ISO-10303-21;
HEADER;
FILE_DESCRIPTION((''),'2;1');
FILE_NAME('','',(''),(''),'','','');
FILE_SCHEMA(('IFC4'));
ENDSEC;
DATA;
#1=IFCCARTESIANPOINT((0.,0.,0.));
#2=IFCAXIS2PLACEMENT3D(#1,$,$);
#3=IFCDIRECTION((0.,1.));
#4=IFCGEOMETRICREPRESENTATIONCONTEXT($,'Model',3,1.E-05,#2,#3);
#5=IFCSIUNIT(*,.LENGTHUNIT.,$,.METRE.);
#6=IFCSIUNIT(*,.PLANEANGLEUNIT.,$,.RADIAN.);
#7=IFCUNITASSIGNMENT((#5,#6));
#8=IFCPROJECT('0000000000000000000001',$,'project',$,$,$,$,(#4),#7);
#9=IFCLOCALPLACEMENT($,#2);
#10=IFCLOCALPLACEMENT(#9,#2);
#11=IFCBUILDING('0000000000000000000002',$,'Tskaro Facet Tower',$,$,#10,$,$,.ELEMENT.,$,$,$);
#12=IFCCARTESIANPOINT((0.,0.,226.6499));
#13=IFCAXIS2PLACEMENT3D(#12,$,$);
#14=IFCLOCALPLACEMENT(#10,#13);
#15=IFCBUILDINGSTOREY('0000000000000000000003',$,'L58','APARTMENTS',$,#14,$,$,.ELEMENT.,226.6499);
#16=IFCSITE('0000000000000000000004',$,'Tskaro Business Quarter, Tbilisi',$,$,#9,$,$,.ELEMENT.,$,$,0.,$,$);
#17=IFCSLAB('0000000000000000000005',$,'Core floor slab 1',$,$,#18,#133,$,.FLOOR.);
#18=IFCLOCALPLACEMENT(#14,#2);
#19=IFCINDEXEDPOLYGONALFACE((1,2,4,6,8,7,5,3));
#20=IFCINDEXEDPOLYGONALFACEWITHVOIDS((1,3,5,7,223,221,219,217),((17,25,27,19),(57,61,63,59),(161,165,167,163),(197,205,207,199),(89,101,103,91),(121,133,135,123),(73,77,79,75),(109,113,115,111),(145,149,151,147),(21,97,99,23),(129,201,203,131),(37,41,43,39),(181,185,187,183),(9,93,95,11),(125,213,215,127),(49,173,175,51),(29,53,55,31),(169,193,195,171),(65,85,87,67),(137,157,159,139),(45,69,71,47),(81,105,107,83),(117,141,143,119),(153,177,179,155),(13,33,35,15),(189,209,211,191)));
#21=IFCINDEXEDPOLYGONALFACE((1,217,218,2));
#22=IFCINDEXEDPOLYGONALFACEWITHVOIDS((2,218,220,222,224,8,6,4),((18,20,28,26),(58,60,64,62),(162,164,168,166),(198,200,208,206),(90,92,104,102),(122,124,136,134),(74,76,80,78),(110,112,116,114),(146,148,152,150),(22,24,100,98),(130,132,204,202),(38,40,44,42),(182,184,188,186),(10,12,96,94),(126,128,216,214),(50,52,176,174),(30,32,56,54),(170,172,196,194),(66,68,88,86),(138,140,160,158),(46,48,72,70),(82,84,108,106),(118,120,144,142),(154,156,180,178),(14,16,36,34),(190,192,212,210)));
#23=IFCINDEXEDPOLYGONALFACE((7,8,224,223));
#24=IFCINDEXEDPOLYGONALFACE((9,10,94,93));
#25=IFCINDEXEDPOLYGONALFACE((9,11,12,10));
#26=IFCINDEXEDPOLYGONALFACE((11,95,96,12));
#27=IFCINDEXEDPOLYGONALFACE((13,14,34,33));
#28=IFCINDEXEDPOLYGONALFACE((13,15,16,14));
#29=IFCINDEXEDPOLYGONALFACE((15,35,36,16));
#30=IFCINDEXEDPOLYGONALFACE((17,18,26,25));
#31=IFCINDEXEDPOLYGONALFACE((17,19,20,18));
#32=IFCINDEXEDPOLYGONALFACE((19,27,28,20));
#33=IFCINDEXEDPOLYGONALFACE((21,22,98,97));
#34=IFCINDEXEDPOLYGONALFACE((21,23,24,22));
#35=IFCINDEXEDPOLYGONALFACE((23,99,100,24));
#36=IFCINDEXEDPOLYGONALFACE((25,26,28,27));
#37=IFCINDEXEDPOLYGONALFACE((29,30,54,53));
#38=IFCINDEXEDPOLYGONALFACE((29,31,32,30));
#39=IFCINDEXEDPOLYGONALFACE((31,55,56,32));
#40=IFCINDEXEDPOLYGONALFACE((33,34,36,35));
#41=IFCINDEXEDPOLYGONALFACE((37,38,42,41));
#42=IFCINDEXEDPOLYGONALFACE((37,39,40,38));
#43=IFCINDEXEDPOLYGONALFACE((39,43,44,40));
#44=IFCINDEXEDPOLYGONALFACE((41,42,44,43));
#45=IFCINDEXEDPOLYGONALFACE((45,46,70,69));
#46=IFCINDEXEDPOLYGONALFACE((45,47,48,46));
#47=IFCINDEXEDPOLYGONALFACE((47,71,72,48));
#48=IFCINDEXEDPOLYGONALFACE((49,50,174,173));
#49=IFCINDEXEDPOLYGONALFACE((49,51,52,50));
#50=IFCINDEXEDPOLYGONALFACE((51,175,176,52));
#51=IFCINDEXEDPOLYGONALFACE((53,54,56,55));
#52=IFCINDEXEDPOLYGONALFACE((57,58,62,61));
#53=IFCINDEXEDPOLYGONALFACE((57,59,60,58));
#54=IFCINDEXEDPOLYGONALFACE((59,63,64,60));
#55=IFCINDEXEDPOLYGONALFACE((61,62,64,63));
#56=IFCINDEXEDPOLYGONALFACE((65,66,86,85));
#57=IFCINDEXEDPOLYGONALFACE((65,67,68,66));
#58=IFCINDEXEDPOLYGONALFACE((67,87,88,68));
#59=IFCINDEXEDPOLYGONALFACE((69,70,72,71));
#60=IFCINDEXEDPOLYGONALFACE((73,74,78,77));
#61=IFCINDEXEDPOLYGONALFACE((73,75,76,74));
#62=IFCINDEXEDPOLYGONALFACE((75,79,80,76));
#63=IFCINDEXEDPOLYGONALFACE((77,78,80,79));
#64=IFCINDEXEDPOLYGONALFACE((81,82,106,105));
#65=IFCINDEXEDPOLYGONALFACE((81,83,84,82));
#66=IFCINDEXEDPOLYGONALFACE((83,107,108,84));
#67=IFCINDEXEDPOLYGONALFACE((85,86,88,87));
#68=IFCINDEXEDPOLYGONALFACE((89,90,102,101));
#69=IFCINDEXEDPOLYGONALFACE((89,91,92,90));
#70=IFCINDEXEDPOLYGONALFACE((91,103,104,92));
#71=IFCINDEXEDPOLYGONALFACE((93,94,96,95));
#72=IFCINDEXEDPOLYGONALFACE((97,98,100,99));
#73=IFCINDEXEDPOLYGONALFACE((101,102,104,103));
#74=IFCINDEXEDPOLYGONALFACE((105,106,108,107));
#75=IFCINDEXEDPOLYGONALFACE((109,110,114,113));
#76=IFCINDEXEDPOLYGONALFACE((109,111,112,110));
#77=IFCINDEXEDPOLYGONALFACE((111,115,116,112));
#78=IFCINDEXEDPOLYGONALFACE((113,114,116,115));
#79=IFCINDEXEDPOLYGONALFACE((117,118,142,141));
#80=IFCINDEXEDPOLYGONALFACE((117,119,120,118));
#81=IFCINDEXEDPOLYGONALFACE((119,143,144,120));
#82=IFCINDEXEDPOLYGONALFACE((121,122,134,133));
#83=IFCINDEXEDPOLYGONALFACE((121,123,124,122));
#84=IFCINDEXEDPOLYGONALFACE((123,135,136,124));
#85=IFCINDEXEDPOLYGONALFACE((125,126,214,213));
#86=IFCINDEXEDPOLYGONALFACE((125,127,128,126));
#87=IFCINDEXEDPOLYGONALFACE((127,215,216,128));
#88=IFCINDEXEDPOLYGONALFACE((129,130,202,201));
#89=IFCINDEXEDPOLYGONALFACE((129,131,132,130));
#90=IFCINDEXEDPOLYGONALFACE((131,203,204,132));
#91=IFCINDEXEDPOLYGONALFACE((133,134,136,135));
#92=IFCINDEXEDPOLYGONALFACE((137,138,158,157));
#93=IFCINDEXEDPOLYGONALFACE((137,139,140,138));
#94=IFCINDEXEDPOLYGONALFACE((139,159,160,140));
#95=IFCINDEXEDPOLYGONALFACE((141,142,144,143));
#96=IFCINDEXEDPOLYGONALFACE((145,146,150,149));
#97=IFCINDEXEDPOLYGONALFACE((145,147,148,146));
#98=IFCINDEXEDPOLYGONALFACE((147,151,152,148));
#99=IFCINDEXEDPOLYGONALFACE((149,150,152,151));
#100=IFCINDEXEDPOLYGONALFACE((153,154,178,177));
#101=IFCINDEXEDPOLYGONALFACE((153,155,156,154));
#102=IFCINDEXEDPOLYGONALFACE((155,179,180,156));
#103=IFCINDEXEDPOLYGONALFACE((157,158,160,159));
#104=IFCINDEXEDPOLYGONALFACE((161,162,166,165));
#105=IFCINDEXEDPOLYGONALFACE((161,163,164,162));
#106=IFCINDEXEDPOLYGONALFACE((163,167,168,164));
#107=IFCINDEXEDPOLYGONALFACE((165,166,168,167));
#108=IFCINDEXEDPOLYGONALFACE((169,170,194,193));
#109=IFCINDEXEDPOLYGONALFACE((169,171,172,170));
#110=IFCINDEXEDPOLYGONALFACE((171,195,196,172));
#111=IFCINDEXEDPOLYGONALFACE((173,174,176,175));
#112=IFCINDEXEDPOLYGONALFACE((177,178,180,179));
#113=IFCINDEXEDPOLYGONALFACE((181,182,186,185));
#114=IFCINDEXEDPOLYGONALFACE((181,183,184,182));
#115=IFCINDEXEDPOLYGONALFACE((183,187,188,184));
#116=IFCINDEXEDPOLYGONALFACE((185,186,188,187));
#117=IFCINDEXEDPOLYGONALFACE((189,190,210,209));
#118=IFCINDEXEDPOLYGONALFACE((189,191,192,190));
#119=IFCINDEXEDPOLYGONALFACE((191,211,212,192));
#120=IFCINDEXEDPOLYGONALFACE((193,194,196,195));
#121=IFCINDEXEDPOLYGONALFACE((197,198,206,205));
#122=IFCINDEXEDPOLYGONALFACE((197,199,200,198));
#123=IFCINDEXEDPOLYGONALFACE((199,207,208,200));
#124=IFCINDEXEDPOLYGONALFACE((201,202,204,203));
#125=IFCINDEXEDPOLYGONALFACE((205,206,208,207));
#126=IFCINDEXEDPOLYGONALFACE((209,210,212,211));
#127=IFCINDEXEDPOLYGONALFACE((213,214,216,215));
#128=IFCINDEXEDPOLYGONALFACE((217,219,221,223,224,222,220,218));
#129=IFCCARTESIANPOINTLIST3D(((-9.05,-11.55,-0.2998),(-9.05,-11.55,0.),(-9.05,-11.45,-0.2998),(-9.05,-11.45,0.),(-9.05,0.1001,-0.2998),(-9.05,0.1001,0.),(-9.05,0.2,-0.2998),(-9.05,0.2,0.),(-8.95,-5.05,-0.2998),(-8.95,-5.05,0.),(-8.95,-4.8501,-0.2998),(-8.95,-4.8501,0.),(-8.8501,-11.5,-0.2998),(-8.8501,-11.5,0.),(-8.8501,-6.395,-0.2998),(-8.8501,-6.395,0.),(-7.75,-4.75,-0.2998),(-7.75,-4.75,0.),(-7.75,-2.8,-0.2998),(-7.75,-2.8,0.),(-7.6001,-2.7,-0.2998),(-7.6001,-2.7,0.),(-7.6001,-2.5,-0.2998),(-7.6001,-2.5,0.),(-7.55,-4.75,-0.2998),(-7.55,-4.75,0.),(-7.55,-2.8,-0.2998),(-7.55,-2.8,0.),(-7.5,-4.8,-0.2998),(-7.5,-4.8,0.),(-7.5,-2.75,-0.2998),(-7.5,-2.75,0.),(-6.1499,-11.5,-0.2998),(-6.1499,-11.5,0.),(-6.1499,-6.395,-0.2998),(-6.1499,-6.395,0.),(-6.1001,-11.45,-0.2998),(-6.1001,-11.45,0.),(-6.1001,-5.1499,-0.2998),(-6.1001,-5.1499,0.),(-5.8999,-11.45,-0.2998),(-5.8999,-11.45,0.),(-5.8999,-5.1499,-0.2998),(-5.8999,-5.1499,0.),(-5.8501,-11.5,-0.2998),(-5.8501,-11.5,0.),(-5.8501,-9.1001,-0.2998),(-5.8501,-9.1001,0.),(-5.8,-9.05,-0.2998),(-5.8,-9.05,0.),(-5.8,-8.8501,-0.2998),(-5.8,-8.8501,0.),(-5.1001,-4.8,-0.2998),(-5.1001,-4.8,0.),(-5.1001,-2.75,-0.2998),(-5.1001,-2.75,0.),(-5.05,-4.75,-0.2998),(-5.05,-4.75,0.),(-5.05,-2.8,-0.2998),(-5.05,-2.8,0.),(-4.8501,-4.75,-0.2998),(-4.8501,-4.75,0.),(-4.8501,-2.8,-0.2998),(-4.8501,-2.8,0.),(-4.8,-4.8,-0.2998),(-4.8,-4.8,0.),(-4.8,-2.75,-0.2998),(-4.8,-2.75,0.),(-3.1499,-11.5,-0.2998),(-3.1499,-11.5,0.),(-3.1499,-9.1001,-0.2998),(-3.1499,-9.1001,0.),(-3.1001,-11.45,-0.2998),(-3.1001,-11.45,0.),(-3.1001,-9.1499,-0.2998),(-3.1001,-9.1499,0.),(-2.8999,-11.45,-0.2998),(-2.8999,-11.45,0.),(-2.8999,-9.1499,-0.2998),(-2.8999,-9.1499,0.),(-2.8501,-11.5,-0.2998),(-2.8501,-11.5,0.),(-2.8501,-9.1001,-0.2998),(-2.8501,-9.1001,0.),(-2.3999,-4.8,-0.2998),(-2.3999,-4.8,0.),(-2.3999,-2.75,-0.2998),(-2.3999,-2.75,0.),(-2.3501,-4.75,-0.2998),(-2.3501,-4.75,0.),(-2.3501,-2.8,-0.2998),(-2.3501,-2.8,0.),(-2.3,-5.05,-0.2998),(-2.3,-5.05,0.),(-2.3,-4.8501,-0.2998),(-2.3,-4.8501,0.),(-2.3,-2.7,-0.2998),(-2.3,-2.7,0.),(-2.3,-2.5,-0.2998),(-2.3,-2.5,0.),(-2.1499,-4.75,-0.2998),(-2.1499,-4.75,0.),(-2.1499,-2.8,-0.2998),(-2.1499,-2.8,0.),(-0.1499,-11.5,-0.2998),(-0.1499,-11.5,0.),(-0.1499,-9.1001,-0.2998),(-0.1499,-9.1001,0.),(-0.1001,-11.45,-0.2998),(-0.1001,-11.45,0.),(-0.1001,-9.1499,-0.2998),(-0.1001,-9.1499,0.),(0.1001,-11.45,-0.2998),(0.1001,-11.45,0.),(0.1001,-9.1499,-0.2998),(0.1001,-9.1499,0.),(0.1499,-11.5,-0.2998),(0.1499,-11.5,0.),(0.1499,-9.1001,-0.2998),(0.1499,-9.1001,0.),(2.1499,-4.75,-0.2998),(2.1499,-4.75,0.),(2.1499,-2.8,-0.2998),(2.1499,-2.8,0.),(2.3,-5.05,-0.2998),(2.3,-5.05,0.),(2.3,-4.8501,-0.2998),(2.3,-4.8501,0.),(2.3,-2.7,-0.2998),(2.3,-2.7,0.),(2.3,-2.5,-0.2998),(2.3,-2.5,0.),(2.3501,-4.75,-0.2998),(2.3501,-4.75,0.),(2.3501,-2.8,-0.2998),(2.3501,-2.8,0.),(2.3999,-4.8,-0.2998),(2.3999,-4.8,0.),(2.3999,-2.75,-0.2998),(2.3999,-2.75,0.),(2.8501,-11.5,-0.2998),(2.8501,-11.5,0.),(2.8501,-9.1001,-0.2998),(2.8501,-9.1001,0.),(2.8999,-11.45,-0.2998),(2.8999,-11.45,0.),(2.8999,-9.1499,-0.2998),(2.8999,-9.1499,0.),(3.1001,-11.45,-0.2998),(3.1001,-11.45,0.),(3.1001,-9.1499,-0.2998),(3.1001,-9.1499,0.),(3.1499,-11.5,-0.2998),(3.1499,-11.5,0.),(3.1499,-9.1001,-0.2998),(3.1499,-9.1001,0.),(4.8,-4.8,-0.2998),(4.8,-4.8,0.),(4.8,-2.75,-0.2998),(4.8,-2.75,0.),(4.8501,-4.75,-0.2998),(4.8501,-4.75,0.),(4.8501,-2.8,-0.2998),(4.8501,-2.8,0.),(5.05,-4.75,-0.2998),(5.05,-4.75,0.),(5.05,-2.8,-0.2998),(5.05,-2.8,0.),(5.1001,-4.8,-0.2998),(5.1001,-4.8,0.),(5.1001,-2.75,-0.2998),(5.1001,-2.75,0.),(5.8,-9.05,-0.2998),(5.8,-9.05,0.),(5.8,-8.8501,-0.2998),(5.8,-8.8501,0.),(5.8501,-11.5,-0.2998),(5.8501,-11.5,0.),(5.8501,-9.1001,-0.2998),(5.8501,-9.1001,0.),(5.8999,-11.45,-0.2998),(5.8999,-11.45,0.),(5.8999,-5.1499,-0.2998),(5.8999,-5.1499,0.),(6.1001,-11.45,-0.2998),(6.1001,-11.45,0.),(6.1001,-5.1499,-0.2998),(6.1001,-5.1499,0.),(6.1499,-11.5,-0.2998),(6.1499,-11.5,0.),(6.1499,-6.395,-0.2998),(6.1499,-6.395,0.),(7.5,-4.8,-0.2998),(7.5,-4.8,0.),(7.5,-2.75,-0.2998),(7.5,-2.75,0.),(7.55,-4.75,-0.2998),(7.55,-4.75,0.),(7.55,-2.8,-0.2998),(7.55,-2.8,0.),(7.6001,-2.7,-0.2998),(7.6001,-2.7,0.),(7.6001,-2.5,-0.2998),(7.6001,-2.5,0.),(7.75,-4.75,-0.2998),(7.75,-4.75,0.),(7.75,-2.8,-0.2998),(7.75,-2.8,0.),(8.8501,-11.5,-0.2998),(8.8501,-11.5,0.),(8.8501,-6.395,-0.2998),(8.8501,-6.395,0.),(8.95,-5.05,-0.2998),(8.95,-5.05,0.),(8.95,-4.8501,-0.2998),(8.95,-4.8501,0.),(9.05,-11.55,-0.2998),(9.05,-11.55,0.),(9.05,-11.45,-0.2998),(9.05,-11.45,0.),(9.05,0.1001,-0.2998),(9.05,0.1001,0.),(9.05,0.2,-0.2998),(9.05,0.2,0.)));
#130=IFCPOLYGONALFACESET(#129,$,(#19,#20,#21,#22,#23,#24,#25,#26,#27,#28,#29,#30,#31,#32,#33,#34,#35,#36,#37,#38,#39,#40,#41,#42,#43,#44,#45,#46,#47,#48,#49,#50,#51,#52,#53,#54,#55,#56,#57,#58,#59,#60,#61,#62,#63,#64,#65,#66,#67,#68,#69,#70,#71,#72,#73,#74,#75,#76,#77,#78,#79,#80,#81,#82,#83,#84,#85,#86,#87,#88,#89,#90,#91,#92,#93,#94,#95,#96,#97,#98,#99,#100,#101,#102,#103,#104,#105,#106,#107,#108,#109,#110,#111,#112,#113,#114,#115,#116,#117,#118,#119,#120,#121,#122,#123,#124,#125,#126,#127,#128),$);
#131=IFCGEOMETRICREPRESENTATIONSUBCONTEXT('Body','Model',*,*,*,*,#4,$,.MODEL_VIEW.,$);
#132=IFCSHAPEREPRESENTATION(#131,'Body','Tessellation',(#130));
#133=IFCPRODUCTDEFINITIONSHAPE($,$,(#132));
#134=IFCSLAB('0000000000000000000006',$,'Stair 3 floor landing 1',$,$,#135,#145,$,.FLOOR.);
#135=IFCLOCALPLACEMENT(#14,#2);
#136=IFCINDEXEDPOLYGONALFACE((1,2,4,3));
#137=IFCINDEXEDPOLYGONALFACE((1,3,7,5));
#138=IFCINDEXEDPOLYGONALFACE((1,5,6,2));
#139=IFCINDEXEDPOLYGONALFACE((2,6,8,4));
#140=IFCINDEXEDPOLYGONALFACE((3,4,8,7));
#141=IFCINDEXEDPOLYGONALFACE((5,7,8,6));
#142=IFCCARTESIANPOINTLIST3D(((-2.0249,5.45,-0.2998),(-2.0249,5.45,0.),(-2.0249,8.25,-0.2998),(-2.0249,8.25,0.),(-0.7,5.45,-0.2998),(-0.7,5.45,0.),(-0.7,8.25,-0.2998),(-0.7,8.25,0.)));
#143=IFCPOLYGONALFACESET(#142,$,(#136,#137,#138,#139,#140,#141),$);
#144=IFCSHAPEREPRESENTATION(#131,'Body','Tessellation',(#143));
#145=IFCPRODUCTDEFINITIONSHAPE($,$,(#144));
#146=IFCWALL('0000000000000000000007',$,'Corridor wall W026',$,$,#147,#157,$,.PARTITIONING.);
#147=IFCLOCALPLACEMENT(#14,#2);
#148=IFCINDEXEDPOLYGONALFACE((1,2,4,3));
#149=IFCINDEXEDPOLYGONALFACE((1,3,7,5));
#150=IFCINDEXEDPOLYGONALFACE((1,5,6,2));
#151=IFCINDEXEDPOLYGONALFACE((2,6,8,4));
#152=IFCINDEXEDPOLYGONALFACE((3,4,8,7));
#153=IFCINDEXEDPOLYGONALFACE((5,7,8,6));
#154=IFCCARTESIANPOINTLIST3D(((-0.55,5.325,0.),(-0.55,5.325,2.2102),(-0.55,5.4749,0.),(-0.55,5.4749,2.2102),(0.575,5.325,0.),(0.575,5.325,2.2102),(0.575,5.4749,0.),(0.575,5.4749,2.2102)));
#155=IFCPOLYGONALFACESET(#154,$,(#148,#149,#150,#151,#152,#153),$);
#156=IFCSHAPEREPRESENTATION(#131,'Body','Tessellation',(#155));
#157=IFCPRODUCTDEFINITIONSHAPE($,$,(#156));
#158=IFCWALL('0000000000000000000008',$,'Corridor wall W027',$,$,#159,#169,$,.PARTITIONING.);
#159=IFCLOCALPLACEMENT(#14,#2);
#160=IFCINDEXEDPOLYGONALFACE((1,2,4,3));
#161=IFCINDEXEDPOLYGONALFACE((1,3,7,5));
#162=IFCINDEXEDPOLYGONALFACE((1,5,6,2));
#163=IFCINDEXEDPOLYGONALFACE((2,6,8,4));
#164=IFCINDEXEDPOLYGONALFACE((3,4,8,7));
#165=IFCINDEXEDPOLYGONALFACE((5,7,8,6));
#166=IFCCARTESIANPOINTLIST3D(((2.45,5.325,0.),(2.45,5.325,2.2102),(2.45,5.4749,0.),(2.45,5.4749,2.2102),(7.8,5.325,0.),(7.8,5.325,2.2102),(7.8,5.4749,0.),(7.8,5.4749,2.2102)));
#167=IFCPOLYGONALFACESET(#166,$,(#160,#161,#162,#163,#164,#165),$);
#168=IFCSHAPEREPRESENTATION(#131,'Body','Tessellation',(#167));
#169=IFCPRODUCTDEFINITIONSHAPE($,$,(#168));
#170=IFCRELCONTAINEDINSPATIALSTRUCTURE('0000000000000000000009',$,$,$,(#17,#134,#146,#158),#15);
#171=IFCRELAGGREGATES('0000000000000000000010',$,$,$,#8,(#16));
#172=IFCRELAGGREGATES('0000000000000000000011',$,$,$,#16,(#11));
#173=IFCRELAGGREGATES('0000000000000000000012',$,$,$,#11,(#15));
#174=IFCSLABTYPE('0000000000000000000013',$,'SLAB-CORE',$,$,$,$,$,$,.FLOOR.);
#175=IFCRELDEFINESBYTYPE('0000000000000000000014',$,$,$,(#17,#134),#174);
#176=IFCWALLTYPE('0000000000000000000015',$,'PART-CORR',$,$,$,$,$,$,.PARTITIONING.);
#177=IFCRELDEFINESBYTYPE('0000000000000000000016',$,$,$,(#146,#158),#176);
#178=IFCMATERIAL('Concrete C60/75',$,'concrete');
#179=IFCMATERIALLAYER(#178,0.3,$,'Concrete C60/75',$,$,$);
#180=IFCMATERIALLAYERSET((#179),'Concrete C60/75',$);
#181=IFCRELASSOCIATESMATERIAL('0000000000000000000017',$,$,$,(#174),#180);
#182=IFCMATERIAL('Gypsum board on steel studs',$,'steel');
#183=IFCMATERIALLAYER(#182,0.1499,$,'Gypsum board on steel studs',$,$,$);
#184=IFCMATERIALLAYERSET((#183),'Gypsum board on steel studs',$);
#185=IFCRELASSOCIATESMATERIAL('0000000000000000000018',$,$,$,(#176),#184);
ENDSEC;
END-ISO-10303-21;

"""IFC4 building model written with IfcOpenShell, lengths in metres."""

from ifc_helpers import new_model, si_unit, direction, frame, frame_2d, origin, place, context, subcontext, project, spatial, polyline, rectangle, outline, extrude, material, layer, layer_set, type_object, element, save


model = new_model("IFC4")

# Units and contexts
model_context = context("Model", 3, precision=1e-05, world=origin(), true_north=direction((0.0, 1.0)))
body_context = subcontext(model_context, "Body", "Model", "MODEL_VIEW")
ifc_project = project(units=[si_unit("LENGTHUNIT", "METRE"), si_unit("PLANEANGLEUNIT", "RADIAN")], contexts=[model_context])

# Site, building, storey
site_placement = place(None, origin())
site = spatial("IfcSite", under=ifc_project, at=site_placement, Name="Tskaro Business Quarter, Tbilisi", CompositionType="ELEMENT", RefElevation=0.0)
building_placement = place(site_placement, origin())
building = spatial("IfcBuilding", under=site, at=building_placement, Name="Tskaro Facet Tower", CompositionType="ELEMENT")
storey_placement = place(building_placement, frame((0.0, 0.0, 226.6499)))
storey = spatial("IfcBuildingStorey", under=building, at=storey_placement, Name="L58", Description="APARTMENTS", CompositionType="ELEMENT", Elevation=226.6499)

# Slabs
ifc_material_1 = material(Name="Concrete C60/75", Category="concrete")
ifc_layer_1 = layer(ifc_material_1, 0.3, Name="Concrete C60/75")
ifc_layer_set_1 = layer_set([ifc_layer_1], Name="Concrete C60/75")
slab_type_1 = type_object("IfcSlabType", Name="SLAB-CORE", PredefinedType="FLOOR", material=ifc_layer_set_1)
slab_1_placement = place(storey_placement, frame((0.0, 0.0, -0.2998)))
element("IfcSlab", 1, at=slab_1_placement, inside=storey, type_object=slab_type_1, Name="Core floor slab 1", PredefinedType="FLOOR", context=body_context, shape_type="SweptSolid", body=[
    extrude(outline(polyline([(-9.05, 0.2), (9.05, 0.2), (9.05, 0.1001), (9.05, -11.45), (9.05, -11.55), (-9.05, -11.55), (-9.05, -11.45), (-9.05, 0.1001), (-9.05, 0.2)]), holes=[polyline([(-5.8501, -9.1001), (-5.8501, -11.5), (-3.1499, -11.5), (-3.1499, -9.1001), (-5.8501, -9.1001)]), polyline([(-3.1001, -11.45), (-2.8999, -11.45), (-2.8999, -9.1499), (-3.1001, -9.1499), (-3.1001, -11.45)]), polyline([(-2.8501, -9.1001), (-2.8501, -11.5), (-0.1499, -11.5), (-0.1499, -9.1001), (-2.8501, -9.1001)]), polyline([(-6.1001, -11.45), (-5.8999, -11.45), (-5.8999, -5.1499), (-6.1001, -5.1499), (-6.1001, -11.45)]), polyline([(-8.95, -5.05), (-2.3, -5.05), (-2.3, -4.8501), (-8.95, -4.8501), (-8.95, -5.05)]), polyline([(-7.75, -4.75), (-7.55, -4.75), (-7.55, -2.8), (-7.75, -2.8), (-7.75, -4.75)]), polyline([(-7.5, -2.75), (-7.5, -4.8), (-5.1001, -4.8), (-5.1001, -2.75), (-7.5, -2.75)]), polyline([(-5.05, -4.75), (-4.8501, -4.75), (-4.8501, -2.8), (-5.05, -2.8), (-5.05, -4.75)]), polyline([(-2.3999, -2.75), (-4.8, -2.75), (-4.8, -4.8), (-2.3999, -4.8), (-2.3999, -2.75)]), polyline([(-2.3501, -4.75), (-2.1499, -4.75), (-2.1499, -2.8), (-2.3501, -2.8), (-2.3501, -4.75)]), polyline([(-7.6001, -2.7), (-2.3, -2.7), (-2.3, -2.5), (-7.6001, -2.5), (-7.6001, -2.7)]), polyline([(-0.1001, -11.45), (0.1001, -11.45), (0.1001, -9.1499), (-0.1001, -9.1499), (-0.1001, -11.45)]), polyline([(0.1499, -9.1001), (0.1499, -11.5), (2.8501, -11.5), (2.8501, -9.1001), (0.1499, -9.1001)]), polyline([(2.8999, -11.45), (3.1001, -11.45), (3.1001, -9.1499), (2.8999, -9.1499), (2.8999, -11.45)]), polyline([(3.1499, -9.1001), (3.1499, -11.5), (5.8501, -11.5), (5.8501, -9.1001), (3.1499, -9.1001)]), polyline([(-5.8, -9.05), (5.8, -9.05), (5.8, -8.8501), (-5.8, -8.8501), (-5.8, -9.05)]), polyline([(5.8999, -11.45), (6.1001, -11.45), (6.1001, -5.1499), (5.8999, -5.1499), (5.8999, -11.45)]), polyline([(2.3, -5.05), (8.95, -5.05), (8.95, -4.8501), (2.3, -4.8501), (2.3, -5.05)]), polyline([(2.1499, -4.75), (2.3501, -4.75), (2.3501, -2.8), (2.1499, -2.8), (2.1499, -4.75)]), polyline([(2.3999, -4.8), (4.8, -4.8), (4.8, -2.75), (2.3999, -2.75), (2.3999, -4.8)]), polyline([(4.8501, -4.75), (5.05, -4.75), (5.05, -2.8), (4.8501, -2.8), (4.8501, -4.75)]), polyline([(5.1001, -4.8), (7.5, -4.8), (7.5, -2.75), (5.1001, -2.75), (5.1001, -4.8)]), polyline([(7.55, -4.75), (7.75, -4.75), (7.75, -2.8), (7.55, -2.8), (7.55, -4.75)]), polyline([(2.3, -2.7), (7.6001, -2.7), (7.6001, -2.5), (2.3, -2.5), (2.3, -2.7)]), polyline([(-8.8501, -11.5), (-6.1499, -11.5), (-6.1499, -6.395), (-8.8501, -6.395), (-8.8501, -11.5)]), polyline([(6.1499, -6.395), (6.1499, -11.5), (8.8501, -11.5), (8.8501, -6.395), (6.1499, -6.395)])]), origin(), (0.0, 0.0, 1.0), 0.2998),
])
slab_2_placement = place(storey_placement, frame((0.0, 0.0, -0.2998)))
element("IfcSlab", 2, at=slab_2_placement, inside=storey, type_object=slab_type_1, Name="Stair 3 floor landing 1", PredefinedType="FLOOR", context=body_context, shape_type="SweptSolid", body=[
    extrude(outline(polyline([(-2.0249, 5.45), (-0.7, 5.45), (-0.7, 8.25), (-2.0249, 8.25), (-2.0249, 5.45)])), origin(), (0.0, 0.0, 1.0), 0.2998),
])

# Walls
ifc_material_2 = material(Name="Gypsum board on steel studs", Category="steel")
ifc_layer_2 = layer(ifc_material_2, 0.1499, Name="Gypsum board on steel studs")
ifc_layer_set_2 = layer_set([ifc_layer_2], Name="Gypsum board on steel studs")
wall_type_1 = type_object("IfcWallType", Name="PART-CORR", PredefinedType="PARTITIONING", material=ifc_layer_set_2)
wall_1_placement = place(storey_placement, frame((-0.55, 5.3999, 0.0), z_axis=(0.0, 0.0, 1.0), x_axis=(1.0, 0.0, 0.0)))
element("IfcWall", 3, at=wall_1_placement, inside=storey, type_object=wall_type_1, Name="Corridor wall W026", PredefinedType="PARTITIONING", context=body_context, shape_type="SweptSolid", body=[
    extrude(rectangle(XDim=1.125, YDim=0.1499, at=frame_2d((0.5625, 0.0))), origin(), (0.0, 0.0, 1.0), 2.2102),
])
wall_2_placement = place(storey_placement, frame((2.45, 5.3999, 0.0), z_axis=(0.0, 0.0, 1.0), x_axis=(1.0, 0.0, 0.0)))
element("IfcWall", 4, at=wall_2_placement, inside=storey, type_object=wall_type_1, Name="Corridor wall W027", PredefinedType="PARTITIONING", context=body_context, shape_type="SweptSolid", body=[
    extrude(rectangle(XDim=5.3501, YDim=0.1499, at=frame_2d((2.675, 0.0))), origin(), (0.0, 0.0, 1.0), 2.2102),
])

save(model, "model.ifc")
